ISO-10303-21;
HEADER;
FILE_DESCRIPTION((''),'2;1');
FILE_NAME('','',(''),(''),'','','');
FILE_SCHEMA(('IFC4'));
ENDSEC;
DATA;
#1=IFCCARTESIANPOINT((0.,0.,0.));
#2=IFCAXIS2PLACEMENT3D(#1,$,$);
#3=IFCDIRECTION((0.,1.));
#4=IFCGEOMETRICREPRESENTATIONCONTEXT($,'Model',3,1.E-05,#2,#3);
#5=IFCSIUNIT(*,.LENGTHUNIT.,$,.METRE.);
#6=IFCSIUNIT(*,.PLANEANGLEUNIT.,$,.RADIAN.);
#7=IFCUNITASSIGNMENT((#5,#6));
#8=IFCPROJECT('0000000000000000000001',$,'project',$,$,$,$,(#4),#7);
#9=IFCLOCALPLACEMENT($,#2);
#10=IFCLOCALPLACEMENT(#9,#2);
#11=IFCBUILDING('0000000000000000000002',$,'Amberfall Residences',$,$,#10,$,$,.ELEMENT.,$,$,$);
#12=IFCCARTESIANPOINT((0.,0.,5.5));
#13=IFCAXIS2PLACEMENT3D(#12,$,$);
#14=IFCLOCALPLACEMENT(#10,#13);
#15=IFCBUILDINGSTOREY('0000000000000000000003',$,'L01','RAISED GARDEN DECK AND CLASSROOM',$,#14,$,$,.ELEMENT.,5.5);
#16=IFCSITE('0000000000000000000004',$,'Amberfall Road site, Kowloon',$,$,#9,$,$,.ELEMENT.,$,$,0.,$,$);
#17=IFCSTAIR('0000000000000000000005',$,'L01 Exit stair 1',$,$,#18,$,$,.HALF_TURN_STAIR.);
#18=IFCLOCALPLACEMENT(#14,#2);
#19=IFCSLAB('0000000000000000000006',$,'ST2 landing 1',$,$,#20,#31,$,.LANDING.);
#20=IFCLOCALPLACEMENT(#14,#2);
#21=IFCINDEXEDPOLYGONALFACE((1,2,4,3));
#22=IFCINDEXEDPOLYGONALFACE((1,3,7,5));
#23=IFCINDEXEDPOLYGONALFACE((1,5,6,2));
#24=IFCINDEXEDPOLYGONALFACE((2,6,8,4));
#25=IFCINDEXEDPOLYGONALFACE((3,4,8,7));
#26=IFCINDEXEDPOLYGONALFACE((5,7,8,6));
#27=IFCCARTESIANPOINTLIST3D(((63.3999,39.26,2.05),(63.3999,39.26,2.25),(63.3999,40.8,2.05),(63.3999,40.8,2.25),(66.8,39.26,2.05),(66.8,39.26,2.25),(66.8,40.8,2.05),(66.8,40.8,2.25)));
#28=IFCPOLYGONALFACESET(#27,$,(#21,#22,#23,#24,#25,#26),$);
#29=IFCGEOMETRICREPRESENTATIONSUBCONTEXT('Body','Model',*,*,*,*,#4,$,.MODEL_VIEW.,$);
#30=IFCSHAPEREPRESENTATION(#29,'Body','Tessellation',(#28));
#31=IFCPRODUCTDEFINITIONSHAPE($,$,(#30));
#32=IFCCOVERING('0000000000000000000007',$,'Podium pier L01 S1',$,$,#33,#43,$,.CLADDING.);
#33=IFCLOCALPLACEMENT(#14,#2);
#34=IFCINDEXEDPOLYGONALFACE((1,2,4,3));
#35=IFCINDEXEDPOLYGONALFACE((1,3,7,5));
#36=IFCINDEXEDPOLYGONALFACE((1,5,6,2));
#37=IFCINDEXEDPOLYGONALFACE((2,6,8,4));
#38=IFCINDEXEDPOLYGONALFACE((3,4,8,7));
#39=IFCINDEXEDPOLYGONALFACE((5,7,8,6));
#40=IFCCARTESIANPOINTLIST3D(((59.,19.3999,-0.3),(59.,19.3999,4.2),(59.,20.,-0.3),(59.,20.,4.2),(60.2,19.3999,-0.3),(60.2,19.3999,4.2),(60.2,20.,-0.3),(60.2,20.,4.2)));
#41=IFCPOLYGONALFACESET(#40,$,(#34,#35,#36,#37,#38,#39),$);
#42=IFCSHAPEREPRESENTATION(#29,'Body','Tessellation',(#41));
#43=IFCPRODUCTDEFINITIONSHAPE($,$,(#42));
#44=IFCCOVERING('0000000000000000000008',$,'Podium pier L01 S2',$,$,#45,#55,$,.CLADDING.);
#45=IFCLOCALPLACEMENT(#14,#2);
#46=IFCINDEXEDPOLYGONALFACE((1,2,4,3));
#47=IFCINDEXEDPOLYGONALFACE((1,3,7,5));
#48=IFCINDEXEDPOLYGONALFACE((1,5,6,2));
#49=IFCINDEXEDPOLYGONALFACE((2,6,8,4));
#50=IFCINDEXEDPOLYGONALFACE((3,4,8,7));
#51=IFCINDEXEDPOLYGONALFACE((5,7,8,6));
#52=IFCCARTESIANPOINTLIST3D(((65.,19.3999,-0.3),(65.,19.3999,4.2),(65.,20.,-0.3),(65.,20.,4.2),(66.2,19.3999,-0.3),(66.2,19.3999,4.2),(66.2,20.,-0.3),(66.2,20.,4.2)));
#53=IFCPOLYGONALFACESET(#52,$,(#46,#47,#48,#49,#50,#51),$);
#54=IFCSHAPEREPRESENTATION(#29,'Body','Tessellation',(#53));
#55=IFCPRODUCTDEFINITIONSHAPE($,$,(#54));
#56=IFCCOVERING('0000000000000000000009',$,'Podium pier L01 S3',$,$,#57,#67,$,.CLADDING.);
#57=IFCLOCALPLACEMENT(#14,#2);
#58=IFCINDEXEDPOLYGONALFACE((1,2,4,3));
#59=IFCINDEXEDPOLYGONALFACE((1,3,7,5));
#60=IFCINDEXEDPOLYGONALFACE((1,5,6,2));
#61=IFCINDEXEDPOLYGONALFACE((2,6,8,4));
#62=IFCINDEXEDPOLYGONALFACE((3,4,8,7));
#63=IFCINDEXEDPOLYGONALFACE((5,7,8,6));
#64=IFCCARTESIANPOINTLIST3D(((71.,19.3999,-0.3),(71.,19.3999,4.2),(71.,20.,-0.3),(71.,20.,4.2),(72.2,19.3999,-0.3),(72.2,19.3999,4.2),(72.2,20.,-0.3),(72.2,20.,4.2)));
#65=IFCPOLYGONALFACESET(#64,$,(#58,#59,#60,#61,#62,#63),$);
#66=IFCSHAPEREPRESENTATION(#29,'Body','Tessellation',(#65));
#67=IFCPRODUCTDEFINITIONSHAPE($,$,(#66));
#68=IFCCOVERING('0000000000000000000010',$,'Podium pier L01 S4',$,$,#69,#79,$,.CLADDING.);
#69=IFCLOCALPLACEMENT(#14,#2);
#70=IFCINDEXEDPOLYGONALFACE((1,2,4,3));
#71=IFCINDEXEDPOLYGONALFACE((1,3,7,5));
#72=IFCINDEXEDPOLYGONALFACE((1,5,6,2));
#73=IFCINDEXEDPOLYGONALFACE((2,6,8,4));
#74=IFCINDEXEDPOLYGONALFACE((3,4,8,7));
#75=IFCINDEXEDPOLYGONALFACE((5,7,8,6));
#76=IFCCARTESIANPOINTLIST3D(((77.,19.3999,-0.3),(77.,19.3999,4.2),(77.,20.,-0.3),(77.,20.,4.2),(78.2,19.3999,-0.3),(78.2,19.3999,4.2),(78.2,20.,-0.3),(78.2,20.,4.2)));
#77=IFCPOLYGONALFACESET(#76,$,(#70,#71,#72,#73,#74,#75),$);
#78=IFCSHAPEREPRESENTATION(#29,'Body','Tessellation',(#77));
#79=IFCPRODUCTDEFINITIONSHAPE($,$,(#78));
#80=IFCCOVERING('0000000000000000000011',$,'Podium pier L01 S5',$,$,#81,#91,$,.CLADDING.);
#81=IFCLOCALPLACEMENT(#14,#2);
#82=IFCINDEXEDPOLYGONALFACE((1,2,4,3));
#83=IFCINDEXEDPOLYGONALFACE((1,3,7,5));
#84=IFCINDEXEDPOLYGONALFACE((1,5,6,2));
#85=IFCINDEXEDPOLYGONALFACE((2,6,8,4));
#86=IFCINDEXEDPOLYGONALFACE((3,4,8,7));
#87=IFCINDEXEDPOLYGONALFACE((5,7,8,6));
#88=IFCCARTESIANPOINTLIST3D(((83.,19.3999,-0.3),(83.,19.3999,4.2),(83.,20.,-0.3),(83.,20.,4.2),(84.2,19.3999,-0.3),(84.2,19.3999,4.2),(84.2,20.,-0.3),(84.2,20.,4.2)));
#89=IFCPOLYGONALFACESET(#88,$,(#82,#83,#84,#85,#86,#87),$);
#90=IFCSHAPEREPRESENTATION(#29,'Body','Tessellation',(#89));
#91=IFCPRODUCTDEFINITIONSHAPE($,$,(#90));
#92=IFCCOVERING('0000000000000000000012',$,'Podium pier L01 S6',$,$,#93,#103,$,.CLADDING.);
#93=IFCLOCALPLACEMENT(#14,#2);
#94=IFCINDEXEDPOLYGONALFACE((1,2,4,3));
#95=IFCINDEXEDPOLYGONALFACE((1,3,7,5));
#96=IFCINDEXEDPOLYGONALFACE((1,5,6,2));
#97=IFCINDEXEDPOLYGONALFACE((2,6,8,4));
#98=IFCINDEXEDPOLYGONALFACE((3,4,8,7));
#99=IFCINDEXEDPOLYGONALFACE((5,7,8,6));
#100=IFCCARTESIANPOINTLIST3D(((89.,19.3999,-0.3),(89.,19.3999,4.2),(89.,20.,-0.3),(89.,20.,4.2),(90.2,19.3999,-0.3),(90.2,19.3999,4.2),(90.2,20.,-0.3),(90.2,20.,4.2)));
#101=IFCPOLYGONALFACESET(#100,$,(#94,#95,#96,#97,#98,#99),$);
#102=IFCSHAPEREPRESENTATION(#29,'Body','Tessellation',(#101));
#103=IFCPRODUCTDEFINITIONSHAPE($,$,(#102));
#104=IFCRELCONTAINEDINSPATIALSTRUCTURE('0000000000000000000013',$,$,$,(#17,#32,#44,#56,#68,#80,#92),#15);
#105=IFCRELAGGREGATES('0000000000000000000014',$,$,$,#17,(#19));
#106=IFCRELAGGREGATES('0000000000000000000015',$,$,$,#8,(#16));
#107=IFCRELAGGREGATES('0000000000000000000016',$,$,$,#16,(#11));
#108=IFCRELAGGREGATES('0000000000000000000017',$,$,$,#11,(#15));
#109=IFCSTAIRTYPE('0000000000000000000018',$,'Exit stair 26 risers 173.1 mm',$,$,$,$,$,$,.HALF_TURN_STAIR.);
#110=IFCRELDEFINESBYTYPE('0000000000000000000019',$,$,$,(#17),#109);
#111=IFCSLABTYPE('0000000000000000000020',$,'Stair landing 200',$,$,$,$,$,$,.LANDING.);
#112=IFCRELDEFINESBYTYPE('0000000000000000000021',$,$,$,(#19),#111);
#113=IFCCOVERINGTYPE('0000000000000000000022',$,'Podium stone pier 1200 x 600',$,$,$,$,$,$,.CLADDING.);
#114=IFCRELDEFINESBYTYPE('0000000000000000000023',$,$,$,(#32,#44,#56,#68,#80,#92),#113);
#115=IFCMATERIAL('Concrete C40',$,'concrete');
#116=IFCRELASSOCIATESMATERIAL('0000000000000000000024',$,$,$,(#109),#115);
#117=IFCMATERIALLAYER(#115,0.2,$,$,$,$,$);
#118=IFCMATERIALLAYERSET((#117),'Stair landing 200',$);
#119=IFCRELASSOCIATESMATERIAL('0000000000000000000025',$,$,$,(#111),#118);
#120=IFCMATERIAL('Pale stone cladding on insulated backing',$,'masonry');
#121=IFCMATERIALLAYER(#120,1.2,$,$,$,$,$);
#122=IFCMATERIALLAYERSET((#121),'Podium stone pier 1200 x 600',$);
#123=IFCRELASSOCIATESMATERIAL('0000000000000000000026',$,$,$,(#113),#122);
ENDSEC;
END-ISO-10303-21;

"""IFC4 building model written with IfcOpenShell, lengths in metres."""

from ifc_helpers import new_model, si_unit, direction, frame, origin, place, context, subcontext, project, spatial, polyline, outline, extrude, material, layer, layer_set, type_object, element, aggregate, save


model = new_model("IFC4")

# Units and contexts
model_context = context("Model", 3, precision=1e-05, world=origin(), true_north=direction((0.0, 1.0)))
body_context = subcontext(model_context, "Body", "Model", "MODEL_VIEW")
ifc_project = project(units=[si_unit("LENGTHUNIT", "METRE"), si_unit("PLANEANGLEUNIT", "RADIAN")], contexts=[model_context])

# Site, building, storey
site_placement = place(None, origin())
site = spatial("IfcSite", under=ifc_project, at=site_placement, Name="Amberfall Road site, Kowloon", CompositionType="ELEMENT", RefElevation=0.0)
building_placement = place(site_placement, origin())
building = spatial("IfcBuilding", under=site, at=building_placement, Name="Amberfall Residences", CompositionType="ELEMENT")
storey_placement = place(building_placement, frame((0.0, 0.0, 5.5)))
storey = spatial("IfcBuildingStorey", under=building, at=storey_placement, Name="L01", Description="RAISED GARDEN DECK AND CLASSROOM", CompositionType="ELEMENT", Elevation=5.5)

# Shared definitions
ifc_material_1 = material(Name="Concrete C40", Category="concrete")

# Stair, slab
stair_type = type_object("IfcStairType", Name="Exit stair 26 risers 173.1 mm", PredefinedType="HALF_TURN_STAIR", material=ifc_material_1)
stair_placement = place(storey_placement, origin())
stair = element("IfcStair", 1, at=stair_placement, inside=storey, type_object=stair_type, Name="L01 Exit stair 1", PredefinedType="HALF_TURN_STAIR")
ifc_layer_1 = layer(ifc_material_1, 0.2)
ifc_layer_set_1 = layer_set([ifc_layer_1], Name="Stair landing 200")
slab_type_1 = type_object("IfcSlabType", Name="Stair landing 200", PredefinedType="LANDING", material=ifc_layer_set_1)
slab_1_placement = place(storey_placement, frame((0.0, 0.0, 2.05)))
slab_1 = element("IfcSlab", 2, at=slab_1_placement, type_object=slab_type_1, Name="ST2 landing 1", PredefinedType="LANDING", context=body_context, shape_type="SweptSolid", body=[
    extrude(outline(polyline([(66.8, 39.26), (66.8, 40.8), (63.3999, 40.8), (63.3999, 39.26), (66.8, 39.26)])), origin(), (0.0, 0.0, 1.0), 0.2),
])
aggregate(stair, [slab_1])

# Coverings
ifc_material_2 = material(Name="Pale stone cladding on insulated backing", Category="masonry")
ifc_layer_2 = layer(ifc_material_2, 1.2)
ifc_layer_set_2 = layer_set([ifc_layer_2], Name="Podium stone pier 1200 x 600")
covering_type = type_object("IfcCoveringType", Name="Podium stone pier 1200 x 600", PredefinedType="CLADDING", material=ifc_layer_set_2)
covering_1_placement = place(storey_placement, frame((0.0, 0.0, -0.3)))
element("IfcCovering", 3, at=covering_1_placement, inside=storey, type_object=covering_type, Name="Podium pier L01 S1", PredefinedType="CLADDING", context=body_context, shape_type="SweptSolid", body=[
    extrude(outline(polyline([(59.0, 20.0), (60.2, 20.0), (60.2, 19.3999), (59.0, 19.3999), (59.0, 20.0)])), origin(), (0.0, 0.0, 1.0), 4.5),
])
covering_2_placement = place(storey_placement, frame((0.0, 0.0, -0.3)))
element("IfcCovering", 4, at=covering_2_placement, inside=storey, type_object=covering_type, Name="Podium pier L01 S2", PredefinedType="CLADDING", context=body_context, shape_type="SweptSolid", body=[
    extrude(outline(polyline([(65.0, 20.0), (66.2, 20.0), (66.2, 19.3999), (65.0, 19.3999), (65.0, 20.0)])), origin(), (0.0, 0.0, 1.0), 4.5),
])
covering_3_placement = place(storey_placement, frame((0.0, 0.0, -0.3)))
element("IfcCovering", 5, at=covering_3_placement, inside=storey, type_object=covering_type, Name="Podium pier L01 S3", PredefinedType="CLADDING", context=body_context, shape_type="SweptSolid", body=[
    extrude(outline(polyline([(71.0, 20.0), (72.2, 20.0), (72.2, 19.3999), (71.0, 19.3999), (71.0, 20.0)])), origin(), (0.0, 0.0, 1.0), 4.5),
])
covering_4_placement = place(storey_placement, frame((0.0, 0.0, -0.3)))
element("IfcCovering", 6, at=covering_4_placement, inside=storey, type_object=covering_type, Name="Podium pier L01 S4", PredefinedType="CLADDING", context=body_context, shape_type="SweptSolid", body=[
    extrude(outline(polyline([(77.0, 20.0), (78.2, 20.0), (78.2, 19.3999), (77.0, 19.3999), (77.0, 20.0)])), origin(), (0.0, 0.0, 1.0), 4.5),
])
covering_5_placement = place(storey_placement, frame((0.0, 0.0, -0.3)))
element("IfcCovering", 7, at=covering_5_placement, inside=storey, type_object=covering_type, Name="Podium pier L01 S5", PredefinedType="CLADDING", context=body_context, shape_type="SweptSolid", body=[
    extrude(outline(polyline([(83.0, 20.0), (84.2, 20.0), (84.2, 19.3999), (83.0, 19.3999), (83.0, 20.0)])), origin(), (0.0, 0.0, 1.0), 4.5),
])
covering_6_placement = place(storey_placement, frame((0.0, 0.0, -0.3)))
element("IfcCovering", 8, at=covering_6_placement, inside=storey, type_object=covering_type, Name="Podium pier L01 S6", PredefinedType="CLADDING", context=body_context, shape_type="SweptSolid", body=[
    extrude(outline(polyline([(89.0, 20.0), (90.2, 20.0), (90.2, 19.3999), (89.0, 19.3999), (89.0, 20.0)])), origin(), (0.0, 0.0, 1.0), 4.5),
])

save(model, "model.ifc")
